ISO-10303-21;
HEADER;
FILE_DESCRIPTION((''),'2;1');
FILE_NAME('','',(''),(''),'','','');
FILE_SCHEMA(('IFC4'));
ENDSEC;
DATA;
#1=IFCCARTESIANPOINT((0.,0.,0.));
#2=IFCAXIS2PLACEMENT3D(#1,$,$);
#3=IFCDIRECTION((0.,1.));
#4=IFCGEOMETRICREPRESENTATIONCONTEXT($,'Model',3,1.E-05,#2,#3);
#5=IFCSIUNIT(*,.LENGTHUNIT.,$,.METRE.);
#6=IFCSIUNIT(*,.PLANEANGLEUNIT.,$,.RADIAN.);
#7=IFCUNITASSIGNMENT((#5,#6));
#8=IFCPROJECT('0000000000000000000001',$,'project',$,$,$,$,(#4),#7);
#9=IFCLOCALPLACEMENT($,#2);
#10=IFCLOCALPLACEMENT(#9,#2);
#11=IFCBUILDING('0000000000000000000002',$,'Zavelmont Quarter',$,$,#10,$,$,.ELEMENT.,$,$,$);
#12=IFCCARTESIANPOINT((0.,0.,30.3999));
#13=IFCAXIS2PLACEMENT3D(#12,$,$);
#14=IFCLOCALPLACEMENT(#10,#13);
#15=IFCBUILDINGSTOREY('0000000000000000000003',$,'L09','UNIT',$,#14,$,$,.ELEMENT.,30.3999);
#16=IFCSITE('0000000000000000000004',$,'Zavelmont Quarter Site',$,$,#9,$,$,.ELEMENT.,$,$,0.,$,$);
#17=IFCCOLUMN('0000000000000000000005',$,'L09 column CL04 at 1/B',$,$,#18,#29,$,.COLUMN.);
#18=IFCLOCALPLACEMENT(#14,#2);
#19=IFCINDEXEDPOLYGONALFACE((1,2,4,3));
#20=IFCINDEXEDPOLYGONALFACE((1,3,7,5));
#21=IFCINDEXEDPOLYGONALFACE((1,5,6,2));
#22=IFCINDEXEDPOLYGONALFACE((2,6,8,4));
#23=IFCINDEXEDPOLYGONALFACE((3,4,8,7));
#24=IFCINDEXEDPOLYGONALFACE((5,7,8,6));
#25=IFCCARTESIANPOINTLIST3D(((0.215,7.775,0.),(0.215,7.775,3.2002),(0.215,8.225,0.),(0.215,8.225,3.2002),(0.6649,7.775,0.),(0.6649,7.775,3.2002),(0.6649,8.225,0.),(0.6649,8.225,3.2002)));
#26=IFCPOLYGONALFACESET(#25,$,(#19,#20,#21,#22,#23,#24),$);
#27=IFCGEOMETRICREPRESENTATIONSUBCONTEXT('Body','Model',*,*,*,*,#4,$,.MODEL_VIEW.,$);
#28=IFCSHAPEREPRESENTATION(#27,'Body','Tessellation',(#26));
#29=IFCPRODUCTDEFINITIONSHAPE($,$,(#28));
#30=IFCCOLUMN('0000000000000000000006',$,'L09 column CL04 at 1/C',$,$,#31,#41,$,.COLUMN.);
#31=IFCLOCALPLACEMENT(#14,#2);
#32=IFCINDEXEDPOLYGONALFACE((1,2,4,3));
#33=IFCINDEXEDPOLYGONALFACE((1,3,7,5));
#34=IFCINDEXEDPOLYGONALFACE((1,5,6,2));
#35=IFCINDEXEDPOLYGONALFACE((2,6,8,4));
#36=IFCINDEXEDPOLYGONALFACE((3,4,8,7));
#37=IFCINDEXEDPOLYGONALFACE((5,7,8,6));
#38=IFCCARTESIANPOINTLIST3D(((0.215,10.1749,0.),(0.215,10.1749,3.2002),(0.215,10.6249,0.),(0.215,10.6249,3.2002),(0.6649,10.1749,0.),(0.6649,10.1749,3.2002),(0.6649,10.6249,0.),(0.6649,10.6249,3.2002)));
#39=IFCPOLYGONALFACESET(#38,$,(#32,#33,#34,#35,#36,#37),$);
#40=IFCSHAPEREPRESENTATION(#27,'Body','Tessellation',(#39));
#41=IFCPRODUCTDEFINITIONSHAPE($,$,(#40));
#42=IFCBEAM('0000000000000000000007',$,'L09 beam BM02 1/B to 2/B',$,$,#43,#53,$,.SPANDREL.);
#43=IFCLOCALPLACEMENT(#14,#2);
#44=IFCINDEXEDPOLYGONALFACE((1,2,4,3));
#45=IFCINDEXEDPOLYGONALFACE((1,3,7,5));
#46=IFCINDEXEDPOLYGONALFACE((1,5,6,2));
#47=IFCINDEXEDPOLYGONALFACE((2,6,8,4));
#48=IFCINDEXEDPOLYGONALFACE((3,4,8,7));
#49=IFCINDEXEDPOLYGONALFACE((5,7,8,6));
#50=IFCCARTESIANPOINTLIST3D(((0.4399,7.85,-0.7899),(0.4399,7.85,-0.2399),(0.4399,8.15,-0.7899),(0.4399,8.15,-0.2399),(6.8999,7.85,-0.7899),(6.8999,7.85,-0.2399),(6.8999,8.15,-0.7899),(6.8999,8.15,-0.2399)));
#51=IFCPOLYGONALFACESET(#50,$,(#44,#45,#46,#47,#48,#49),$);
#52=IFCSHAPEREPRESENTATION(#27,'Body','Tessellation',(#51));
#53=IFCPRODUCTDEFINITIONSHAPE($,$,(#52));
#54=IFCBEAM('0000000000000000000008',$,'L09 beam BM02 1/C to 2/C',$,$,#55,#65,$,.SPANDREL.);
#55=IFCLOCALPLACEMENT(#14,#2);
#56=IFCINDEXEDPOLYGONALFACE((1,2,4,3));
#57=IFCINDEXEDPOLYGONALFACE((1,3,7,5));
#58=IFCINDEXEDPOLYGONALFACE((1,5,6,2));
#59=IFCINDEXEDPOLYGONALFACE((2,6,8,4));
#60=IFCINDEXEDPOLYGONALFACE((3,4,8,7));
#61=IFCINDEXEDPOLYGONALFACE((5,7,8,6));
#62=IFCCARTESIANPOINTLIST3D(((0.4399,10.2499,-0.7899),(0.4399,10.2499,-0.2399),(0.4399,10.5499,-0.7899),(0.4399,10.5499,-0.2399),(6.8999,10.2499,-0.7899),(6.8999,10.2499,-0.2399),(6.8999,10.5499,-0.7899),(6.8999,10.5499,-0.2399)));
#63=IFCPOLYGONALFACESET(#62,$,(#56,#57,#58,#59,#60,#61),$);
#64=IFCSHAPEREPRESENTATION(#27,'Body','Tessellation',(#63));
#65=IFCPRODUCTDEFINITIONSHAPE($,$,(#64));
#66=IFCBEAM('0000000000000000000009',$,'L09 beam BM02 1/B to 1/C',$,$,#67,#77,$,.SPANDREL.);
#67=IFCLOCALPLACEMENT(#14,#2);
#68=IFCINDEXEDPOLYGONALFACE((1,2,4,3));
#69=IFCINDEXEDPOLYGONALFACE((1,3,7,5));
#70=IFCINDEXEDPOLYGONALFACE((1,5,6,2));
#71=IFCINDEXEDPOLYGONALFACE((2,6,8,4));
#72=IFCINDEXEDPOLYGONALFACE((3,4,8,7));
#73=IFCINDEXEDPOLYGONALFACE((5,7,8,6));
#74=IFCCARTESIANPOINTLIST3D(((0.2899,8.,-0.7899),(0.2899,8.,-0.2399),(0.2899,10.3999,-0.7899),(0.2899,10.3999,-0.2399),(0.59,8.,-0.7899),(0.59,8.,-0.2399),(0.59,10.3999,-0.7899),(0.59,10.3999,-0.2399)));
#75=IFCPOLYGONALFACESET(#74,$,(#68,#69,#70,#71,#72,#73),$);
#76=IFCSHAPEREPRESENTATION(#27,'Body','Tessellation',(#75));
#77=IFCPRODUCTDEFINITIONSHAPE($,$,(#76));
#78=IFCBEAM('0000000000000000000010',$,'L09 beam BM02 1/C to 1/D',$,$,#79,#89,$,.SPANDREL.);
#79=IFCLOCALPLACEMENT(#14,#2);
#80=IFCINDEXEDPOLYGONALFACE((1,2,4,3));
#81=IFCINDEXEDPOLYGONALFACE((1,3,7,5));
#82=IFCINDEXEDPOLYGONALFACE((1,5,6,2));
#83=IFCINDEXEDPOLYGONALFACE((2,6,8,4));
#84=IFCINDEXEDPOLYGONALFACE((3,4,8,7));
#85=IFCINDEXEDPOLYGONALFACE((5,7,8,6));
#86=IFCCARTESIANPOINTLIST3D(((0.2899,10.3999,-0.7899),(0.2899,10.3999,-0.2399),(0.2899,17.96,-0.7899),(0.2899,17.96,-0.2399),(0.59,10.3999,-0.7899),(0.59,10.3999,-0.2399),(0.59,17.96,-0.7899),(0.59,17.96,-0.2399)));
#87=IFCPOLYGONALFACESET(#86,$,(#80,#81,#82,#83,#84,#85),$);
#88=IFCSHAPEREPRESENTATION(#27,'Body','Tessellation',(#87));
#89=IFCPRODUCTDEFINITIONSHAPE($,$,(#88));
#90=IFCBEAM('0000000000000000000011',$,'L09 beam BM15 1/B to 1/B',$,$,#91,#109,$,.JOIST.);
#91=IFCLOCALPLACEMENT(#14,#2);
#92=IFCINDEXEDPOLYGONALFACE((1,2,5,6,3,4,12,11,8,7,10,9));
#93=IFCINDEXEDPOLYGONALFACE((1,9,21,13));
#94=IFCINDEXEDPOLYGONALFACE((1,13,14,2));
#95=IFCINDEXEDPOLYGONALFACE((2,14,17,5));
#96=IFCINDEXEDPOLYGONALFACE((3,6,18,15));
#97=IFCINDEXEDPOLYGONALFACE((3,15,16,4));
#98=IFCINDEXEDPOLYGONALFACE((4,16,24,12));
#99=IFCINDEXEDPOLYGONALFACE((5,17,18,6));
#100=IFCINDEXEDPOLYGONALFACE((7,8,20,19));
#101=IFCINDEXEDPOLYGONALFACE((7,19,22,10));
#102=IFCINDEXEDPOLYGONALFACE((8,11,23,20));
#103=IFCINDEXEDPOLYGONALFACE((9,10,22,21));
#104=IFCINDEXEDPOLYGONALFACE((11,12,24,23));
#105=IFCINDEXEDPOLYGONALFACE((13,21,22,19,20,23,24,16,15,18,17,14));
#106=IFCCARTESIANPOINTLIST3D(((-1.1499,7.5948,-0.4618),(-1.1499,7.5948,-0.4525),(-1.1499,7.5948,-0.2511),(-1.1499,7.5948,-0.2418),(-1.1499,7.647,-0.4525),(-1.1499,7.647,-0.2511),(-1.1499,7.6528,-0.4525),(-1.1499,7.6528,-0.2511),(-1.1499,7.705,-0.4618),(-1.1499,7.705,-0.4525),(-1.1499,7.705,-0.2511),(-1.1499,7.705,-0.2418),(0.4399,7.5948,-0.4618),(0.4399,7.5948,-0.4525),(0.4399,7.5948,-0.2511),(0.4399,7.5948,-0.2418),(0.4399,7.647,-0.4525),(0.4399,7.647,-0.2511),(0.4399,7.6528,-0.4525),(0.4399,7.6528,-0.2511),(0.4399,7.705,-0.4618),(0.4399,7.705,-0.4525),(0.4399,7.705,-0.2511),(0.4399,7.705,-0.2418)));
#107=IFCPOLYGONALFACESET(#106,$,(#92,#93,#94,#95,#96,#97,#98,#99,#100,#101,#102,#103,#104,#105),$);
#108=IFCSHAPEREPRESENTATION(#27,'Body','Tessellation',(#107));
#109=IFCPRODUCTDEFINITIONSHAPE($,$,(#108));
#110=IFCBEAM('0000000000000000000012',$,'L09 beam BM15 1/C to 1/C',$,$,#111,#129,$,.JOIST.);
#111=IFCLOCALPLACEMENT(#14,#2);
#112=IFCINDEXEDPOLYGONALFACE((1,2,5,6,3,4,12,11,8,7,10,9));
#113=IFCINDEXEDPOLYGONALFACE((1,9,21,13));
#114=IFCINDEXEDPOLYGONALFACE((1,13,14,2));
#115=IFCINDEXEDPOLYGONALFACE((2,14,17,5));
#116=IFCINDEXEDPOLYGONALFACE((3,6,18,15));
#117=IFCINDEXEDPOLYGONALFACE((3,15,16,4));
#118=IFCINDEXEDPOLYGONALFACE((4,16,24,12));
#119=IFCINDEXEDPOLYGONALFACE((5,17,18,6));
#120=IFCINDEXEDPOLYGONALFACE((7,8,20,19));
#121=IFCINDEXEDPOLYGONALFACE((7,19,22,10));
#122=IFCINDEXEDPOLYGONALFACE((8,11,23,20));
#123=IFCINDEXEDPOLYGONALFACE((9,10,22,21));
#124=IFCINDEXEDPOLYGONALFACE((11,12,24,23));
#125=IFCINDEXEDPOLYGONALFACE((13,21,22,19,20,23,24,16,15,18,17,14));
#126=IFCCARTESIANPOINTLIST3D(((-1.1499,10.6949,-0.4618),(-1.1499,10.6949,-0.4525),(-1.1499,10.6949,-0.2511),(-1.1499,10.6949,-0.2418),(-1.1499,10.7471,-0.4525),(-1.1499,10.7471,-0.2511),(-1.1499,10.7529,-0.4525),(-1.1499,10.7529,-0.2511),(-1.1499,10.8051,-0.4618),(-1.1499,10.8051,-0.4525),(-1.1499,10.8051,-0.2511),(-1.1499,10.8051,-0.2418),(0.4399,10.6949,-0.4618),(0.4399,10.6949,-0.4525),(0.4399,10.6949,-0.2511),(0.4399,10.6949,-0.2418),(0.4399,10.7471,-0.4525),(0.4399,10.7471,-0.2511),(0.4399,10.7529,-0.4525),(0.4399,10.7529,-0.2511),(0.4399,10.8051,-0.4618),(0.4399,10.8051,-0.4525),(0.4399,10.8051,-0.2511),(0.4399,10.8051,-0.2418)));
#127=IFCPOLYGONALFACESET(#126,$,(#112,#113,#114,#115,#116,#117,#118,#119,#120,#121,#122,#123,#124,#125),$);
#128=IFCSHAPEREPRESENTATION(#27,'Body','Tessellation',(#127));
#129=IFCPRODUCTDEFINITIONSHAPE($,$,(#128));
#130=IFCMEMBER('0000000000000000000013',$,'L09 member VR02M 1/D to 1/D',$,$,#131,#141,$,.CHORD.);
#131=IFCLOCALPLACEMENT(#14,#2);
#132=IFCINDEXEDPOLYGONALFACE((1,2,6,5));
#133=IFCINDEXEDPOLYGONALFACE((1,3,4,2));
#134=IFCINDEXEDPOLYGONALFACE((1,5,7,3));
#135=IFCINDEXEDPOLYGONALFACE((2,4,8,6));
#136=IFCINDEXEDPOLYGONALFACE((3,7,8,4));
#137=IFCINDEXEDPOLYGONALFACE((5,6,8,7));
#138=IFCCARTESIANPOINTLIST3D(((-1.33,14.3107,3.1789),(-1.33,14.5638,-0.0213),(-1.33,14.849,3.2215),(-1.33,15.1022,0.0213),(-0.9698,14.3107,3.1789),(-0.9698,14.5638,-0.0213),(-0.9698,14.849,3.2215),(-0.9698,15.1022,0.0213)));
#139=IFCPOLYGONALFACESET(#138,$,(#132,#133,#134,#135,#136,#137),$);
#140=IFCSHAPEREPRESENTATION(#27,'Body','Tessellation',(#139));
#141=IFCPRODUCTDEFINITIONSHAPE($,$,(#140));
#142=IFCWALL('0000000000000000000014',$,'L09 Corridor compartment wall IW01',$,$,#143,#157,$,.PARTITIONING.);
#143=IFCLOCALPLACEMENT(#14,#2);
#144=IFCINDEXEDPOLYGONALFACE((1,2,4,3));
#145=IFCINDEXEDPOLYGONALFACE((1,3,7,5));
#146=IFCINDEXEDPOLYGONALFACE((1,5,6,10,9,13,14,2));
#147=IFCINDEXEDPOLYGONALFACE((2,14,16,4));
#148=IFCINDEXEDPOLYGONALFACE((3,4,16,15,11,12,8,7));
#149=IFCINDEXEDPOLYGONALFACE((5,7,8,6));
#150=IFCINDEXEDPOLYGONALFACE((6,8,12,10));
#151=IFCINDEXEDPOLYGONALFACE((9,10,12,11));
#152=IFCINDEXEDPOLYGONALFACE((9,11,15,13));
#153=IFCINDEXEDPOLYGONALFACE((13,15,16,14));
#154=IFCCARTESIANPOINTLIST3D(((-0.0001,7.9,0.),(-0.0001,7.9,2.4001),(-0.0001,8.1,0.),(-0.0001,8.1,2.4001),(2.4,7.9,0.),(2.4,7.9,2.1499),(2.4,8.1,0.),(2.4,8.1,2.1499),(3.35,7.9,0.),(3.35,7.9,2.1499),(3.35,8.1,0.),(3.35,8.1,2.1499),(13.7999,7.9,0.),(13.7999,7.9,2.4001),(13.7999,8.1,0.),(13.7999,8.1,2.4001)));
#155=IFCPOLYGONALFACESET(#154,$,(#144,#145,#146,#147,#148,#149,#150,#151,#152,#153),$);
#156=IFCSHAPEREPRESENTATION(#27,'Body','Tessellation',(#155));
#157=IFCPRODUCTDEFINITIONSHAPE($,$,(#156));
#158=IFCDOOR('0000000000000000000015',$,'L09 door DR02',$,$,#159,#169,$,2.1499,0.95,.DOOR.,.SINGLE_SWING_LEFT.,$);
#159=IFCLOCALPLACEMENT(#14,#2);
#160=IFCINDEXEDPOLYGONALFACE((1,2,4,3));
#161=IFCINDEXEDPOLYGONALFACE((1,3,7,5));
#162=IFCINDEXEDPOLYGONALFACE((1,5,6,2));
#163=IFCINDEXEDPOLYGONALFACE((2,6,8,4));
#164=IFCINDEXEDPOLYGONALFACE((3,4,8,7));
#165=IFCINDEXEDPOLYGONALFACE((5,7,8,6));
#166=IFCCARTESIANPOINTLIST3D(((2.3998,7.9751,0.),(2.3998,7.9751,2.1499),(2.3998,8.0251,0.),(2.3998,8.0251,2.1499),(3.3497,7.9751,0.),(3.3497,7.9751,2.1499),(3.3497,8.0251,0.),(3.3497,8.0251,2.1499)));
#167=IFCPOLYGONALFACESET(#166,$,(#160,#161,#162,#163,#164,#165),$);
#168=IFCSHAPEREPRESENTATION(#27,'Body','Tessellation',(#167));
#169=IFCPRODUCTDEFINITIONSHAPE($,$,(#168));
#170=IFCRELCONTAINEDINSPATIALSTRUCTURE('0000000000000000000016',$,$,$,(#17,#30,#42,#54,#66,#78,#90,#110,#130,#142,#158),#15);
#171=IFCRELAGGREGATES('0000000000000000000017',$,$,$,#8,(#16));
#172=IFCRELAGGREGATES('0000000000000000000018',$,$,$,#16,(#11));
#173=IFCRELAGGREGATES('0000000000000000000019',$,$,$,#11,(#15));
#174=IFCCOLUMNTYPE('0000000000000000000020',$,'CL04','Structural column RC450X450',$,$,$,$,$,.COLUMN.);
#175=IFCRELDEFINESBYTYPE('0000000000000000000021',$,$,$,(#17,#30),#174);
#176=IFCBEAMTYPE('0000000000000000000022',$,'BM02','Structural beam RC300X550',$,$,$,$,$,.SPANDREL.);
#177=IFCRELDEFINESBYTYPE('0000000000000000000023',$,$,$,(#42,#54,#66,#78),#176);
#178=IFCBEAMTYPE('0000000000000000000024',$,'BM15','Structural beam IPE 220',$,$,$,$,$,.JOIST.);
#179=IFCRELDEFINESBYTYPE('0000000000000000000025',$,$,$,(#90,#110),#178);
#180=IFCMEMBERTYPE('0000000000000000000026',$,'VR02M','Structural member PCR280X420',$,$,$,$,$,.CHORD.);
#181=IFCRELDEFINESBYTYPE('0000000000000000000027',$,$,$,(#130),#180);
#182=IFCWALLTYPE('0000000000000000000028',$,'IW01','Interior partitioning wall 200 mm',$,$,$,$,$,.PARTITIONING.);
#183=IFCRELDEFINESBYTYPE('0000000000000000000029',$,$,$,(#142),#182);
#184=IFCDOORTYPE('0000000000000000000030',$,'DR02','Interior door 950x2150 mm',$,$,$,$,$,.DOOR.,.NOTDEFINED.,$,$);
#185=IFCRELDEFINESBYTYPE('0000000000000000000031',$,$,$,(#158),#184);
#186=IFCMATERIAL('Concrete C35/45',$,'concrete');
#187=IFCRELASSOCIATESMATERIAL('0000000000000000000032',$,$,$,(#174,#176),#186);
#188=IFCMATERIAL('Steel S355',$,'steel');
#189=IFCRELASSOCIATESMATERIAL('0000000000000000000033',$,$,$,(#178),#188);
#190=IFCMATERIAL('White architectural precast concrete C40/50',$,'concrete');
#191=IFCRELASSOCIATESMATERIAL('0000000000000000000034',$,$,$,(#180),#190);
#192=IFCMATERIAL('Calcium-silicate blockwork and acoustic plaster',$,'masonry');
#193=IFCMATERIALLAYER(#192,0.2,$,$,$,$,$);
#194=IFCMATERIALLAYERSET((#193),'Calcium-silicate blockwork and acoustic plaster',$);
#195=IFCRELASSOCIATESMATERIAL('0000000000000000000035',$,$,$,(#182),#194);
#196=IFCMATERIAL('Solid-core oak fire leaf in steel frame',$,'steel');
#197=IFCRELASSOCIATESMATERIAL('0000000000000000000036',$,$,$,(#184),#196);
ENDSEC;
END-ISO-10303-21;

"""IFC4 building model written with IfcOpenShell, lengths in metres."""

from ifc_helpers import new_model, si_unit, direction, frame, frame_2d, origin, origin_2d, place, context, subcontext, project, spatial, rectangle, i_section, extrude, material, layer, layer_set, material_profile, profile_set, type_object, element, fill, save


model = new_model("IFC4")

# Units and contexts
model_context = context("Model", 3, precision=1e-05, world=origin(), true_north=direction((0.0, 1.0)))
body_context = subcontext(model_context, "Body", "Model", "MODEL_VIEW")
ifc_project = project(units=[si_unit("LENGTHUNIT", "METRE"), si_unit("PLANEANGLEUNIT", "RADIAN")], contexts=[model_context])

# Site, building, storey
site_placement = place(None, origin())
site = spatial("IfcSite", under=ifc_project, at=site_placement, Name="Zavelmont Quarter Site", CompositionType="ELEMENT", RefElevation=0.0)
building_placement = place(site_placement, origin())
building = spatial("IfcBuilding", under=site, at=building_placement, Name="Zavelmont Quarter", CompositionType="ELEMENT")
storey_placement = place(building_placement, frame((0.0, 0.0, 30.3999)))
storey = spatial("IfcBuildingStorey", under=building, at=storey_placement, Name="L09", Description="UNIT", CompositionType="ELEMENT", Elevation=30.3999)

# Columns
ifc_material_1 = material(Name="Concrete C35/45", Category="concrete")
ifc_material_profile_1 = material_profile(ifc_material_1, rectangle(XDim=0.45, YDim=0.45, at=origin_2d()), Name="RC450X450")
ifc_profile_set_1 = profile_set([ifc_material_profile_1], Name="Concrete C35/45")
column_type = type_object("IfcColumnType", Name="CL04", Description="Structural column RC450X450", PredefinedType="COLUMN", material=ifc_profile_set_1)
for number, where, z_axis, x_axis, name in (
    (1, (0.4399, 8.0, 0.0), (0.0, 0.0, 1.0), (1.0, 0.0, 0.0), "L09 column CL04 at 1/B"),
    (2, (0.4399, 10.3999, 0.0), (0.0, 0.0, 1.0), (1.0, 0.0, 0.0), "L09 column CL04 at 1/C"),
):
    element("IfcColumn", number, at=place(storey_placement, frame(where, z_axis=z_axis, x_axis=x_axis)), inside=storey, type_object=column_type, Name=name, PredefinedType="COLUMN", context=body_context, shape_type="SweptSolid", body=[
        extrude(rectangle(XDim=0.45, YDim=0.45, at=origin_2d()), origin(), (0.0, 0.0, 1.0), 3.2002),
    ])

# Beams
ifc_material_profile_2 = material_profile(ifc_material_1, rectangle(XDim=0.3, YDim=0.55, at=origin_2d()), Name="RC300X550")
ifc_profile_set_2 = profile_set([ifc_material_profile_2], Name="Concrete C35/45")
beam_type_1 = type_object("IfcBeamType", Name="BM02", Description="Structural beam RC300X550", PredefinedType="SPANDREL", material=ifc_profile_set_2)
for number, where, z_axis, x_axis, name in (
    (3, (0.4399, 8.0, -0.5149), (1.0, 0.0, 0.0), (0.0, 1.0, 0.0), "L09 beam BM02 1/B to 2/B"),
    (4, (0.4399, 10.3999, -0.5149), (1.0, 0.0, 0.0), (0.0, 1.0, 0.0), "L09 beam BM02 1/C to 2/C"),
):
    element("IfcBeam", number, at=place(storey_placement, frame(where, z_axis=z_axis, x_axis=x_axis)), inside=storey, type_object=beam_type_1, Name=name, PredefinedType="SPANDREL", context=body_context, shape_type="SweptSolid", body=[
        extrude(rectangle(XDim=0.3, YDim=0.55, at=origin_2d()), origin(), (0.0, 0.0, 1.0), 6.46),
    ])
beam_1_placement = place(storey_placement, frame((0.4399, 8.0, -0.5149), z_axis=(0.0, 1.0, 0.0), x_axis=(-1.0, 0.0, 0.0)))
element("IfcBeam", 5, at=beam_1_placement, inside=storey, type_object=beam_type_1, Name="L09 beam BM02 1/B to 1/C", PredefinedType="SPANDREL", context=body_context, shape_type="SweptSolid", body=[
    extrude(rectangle(XDim=0.3, YDim=0.55, at=origin_2d()), origin(), (0.0, 0.0, 1.0), 2.3999),
])
beam_2_placement = place(storey_placement, frame((0.4399, 10.3999, -0.5149), z_axis=(0.0, 1.0, 0.0), x_axis=(-1.0, 0.0, 0.0)))
element("IfcBeam", 6, at=beam_2_placement, inside=storey, type_object=beam_type_1, Name="L09 beam BM02 1/C to 1/D", PredefinedType="SPANDREL", context=body_context, shape_type="SweptSolid", body=[
    extrude(rectangle(XDim=0.3, YDim=0.55, at=origin_2d()), origin(), (0.0, 0.0, 1.0), 7.5601),
])
ifc_material_2 = material(Name="Steel S355", Category="steel")
ifc_material_profile_3 = material_profile(ifc_material_2, i_section(OverallWidth=0.1101, OverallDepth=0.22, WebThickness=0.0059, FlangeThickness=0.0093, at=origin_2d()), Name="IPE 220")
ifc_profile_set_3 = profile_set([ifc_material_profile_3], Name="Steel S355")
beam_type_2 = type_object("IfcBeamType", Name="BM15", Description="Structural beam IPE 220", PredefinedType="JOIST", material=ifc_profile_set_3)
for number, where, z_axis, x_axis, name in (
    (7, (0.4399, 7.6499, -0.3518), (-1.0, 0.0, 0.0), (0.0, -1.0, 0.0), "L09 beam BM15 1/B to 1/B"),
    (8, (0.4399, 10.75, -0.3518), (-1.0, 0.0, 0.0), (0.0, -1.0, 0.0), "L09 beam BM15 1/C to 1/C"),
):
    element("IfcBeam", number, at=place(storey_placement, frame(where, z_axis=z_axis, x_axis=x_axis)), inside=storey, type_object=beam_type_2, Name=name, PredefinedType="JOIST", context=body_context, shape_type="SweptSolid", body=[
        extrude(i_section(OverallWidth=0.1101, OverallDepth=0.22, WebThickness=0.0059, FlangeThickness=0.0093, at=origin_2d()), origin(), (0.0, 0.0, 1.0), 1.5898),
    ])

# Member
ifc_material_3 = material(Name="White architectural precast concrete C40/50", Category="concrete")
ifc_material_profile_4 = material_profile(ifc_material_3, rectangle(XDim=0.3601, YDim=0.54, at=origin_2d()), Name="PCR280X420")
ifc_profile_set_4 = profile_set([ifc_material_profile_4], Name="White architectural precast concrete C40/50")
member_type = type_object("IfcMemberType", Name="VR02M", Description="Structural member PCR280X420", PredefinedType="CHORD", material=ifc_profile_set_4)
member_placement = place(storey_placement, frame((-1.1499, 14.833, 0.0), z_axis=(0.0, -0.078866, 0.996885), x_axis=(1.0, 0.0, 0.0)))
element("IfcMember", 9, at=member_placement, inside=storey, type_object=member_type, Name="L09 member VR02M 1/D to 1/D", PredefinedType="CHORD", context=body_context, shape_type="SweptSolid", body=[
    extrude(rectangle(XDim=0.3601, YDim=0.54, at=origin_2d()), origin(), (0.0, 0.0, 1.0), 3.2102),
])

# Wall, opening, door
ifc_material_4 = material(Name="Calcium-silicate blockwork and acoustic plaster", Category="masonry")
ifc_layer_1 = layer(ifc_material_4, 0.2)
ifc_layer_set_1 = layer_set([ifc_layer_1], Name="Calcium-silicate blockwork and acoustic plaster")
wall_type_1 = type_object("IfcWallType", Name="IW01", Description="Interior partitioning wall 200 mm", PredefinedType="PARTITIONING", material=ifc_layer_set_1)
wall_1_placement = place(storey_placement, frame((0.0, 8.0, 0.0), z_axis=(0.0, 0.0, 1.0), x_axis=(1.0, 0.0, 0.0)))
wall_1 = element("IfcWall", 10, at=wall_1_placement, inside=storey, type_object=wall_type_1, Name="L09 Corridor compartment wall IW01", PredefinedType="PARTITIONING", context=body_context, shape_type="SweptSolid", body=[
    extrude(rectangle(XDim=13.8, YDim=0.2, at=frame_2d((6.8999, 0.0))), origin(), (0.0, 0.0, 1.0), 2.4001),
])
opening_1_placement = place(wall_1_placement, frame((2.3999, 0.0, 0.0)))
opening_1 = element("IfcOpeningElement", 11, at=opening_1_placement, cuts=wall_1, PredefinedType="OPENING", context=body_context, shape_type="SweptSolid", body=[
    extrude(rectangle(XDim=0.95, YDim=2.1499, at=frame_2d((0.4751, 1.075))), frame((0.0, 0.1118, 0.0), z_axis=(0.0, -1.0, 0.0), x_axis=(1.0, 0.0, 0.0)), (0.0, 0.0, 1.0), 0.2239),
])
ifc_material_5 = material(Name="Solid-core oak fire leaf in steel frame", Category="steel")
door_type_1 = type_object("IfcDoorType", Name="DR02", Description="Interior door 950x2150 mm", OperationType="NOTDEFINED", PredefinedType="DOOR", material=ifc_material_5)
door_1_placement = place(opening_1_placement, frame((0.95, 0.0, 0.0), z_axis=(0.0, 0.0, 1.0), x_axis=(-1.0, 0.0, 0.0)))
door_1 = element("IfcDoor", 12, at=door_1_placement, inside=storey, type_object=door_type_1, Name="L09 door DR02", OperationType="SINGLE_SWING_LEFT", OverallHeight=2.1499, OverallWidth=0.95, PredefinedType="DOOR", context=body_context, shape_type="SweptSolid", body=[
    extrude(rectangle(XDim=0.95, YDim=2.1499, at=frame_2d((0.4751, 1.075))), frame((0.0, 0.0249, 0.0), z_axis=(0.0, -1.0, 0.0), x_axis=(1.0, 0.0, 0.0)), (0.0, 0.0, 1.0), 0.05),
])
fill(opening_1, door_1)

save(model, "model.ifc")
